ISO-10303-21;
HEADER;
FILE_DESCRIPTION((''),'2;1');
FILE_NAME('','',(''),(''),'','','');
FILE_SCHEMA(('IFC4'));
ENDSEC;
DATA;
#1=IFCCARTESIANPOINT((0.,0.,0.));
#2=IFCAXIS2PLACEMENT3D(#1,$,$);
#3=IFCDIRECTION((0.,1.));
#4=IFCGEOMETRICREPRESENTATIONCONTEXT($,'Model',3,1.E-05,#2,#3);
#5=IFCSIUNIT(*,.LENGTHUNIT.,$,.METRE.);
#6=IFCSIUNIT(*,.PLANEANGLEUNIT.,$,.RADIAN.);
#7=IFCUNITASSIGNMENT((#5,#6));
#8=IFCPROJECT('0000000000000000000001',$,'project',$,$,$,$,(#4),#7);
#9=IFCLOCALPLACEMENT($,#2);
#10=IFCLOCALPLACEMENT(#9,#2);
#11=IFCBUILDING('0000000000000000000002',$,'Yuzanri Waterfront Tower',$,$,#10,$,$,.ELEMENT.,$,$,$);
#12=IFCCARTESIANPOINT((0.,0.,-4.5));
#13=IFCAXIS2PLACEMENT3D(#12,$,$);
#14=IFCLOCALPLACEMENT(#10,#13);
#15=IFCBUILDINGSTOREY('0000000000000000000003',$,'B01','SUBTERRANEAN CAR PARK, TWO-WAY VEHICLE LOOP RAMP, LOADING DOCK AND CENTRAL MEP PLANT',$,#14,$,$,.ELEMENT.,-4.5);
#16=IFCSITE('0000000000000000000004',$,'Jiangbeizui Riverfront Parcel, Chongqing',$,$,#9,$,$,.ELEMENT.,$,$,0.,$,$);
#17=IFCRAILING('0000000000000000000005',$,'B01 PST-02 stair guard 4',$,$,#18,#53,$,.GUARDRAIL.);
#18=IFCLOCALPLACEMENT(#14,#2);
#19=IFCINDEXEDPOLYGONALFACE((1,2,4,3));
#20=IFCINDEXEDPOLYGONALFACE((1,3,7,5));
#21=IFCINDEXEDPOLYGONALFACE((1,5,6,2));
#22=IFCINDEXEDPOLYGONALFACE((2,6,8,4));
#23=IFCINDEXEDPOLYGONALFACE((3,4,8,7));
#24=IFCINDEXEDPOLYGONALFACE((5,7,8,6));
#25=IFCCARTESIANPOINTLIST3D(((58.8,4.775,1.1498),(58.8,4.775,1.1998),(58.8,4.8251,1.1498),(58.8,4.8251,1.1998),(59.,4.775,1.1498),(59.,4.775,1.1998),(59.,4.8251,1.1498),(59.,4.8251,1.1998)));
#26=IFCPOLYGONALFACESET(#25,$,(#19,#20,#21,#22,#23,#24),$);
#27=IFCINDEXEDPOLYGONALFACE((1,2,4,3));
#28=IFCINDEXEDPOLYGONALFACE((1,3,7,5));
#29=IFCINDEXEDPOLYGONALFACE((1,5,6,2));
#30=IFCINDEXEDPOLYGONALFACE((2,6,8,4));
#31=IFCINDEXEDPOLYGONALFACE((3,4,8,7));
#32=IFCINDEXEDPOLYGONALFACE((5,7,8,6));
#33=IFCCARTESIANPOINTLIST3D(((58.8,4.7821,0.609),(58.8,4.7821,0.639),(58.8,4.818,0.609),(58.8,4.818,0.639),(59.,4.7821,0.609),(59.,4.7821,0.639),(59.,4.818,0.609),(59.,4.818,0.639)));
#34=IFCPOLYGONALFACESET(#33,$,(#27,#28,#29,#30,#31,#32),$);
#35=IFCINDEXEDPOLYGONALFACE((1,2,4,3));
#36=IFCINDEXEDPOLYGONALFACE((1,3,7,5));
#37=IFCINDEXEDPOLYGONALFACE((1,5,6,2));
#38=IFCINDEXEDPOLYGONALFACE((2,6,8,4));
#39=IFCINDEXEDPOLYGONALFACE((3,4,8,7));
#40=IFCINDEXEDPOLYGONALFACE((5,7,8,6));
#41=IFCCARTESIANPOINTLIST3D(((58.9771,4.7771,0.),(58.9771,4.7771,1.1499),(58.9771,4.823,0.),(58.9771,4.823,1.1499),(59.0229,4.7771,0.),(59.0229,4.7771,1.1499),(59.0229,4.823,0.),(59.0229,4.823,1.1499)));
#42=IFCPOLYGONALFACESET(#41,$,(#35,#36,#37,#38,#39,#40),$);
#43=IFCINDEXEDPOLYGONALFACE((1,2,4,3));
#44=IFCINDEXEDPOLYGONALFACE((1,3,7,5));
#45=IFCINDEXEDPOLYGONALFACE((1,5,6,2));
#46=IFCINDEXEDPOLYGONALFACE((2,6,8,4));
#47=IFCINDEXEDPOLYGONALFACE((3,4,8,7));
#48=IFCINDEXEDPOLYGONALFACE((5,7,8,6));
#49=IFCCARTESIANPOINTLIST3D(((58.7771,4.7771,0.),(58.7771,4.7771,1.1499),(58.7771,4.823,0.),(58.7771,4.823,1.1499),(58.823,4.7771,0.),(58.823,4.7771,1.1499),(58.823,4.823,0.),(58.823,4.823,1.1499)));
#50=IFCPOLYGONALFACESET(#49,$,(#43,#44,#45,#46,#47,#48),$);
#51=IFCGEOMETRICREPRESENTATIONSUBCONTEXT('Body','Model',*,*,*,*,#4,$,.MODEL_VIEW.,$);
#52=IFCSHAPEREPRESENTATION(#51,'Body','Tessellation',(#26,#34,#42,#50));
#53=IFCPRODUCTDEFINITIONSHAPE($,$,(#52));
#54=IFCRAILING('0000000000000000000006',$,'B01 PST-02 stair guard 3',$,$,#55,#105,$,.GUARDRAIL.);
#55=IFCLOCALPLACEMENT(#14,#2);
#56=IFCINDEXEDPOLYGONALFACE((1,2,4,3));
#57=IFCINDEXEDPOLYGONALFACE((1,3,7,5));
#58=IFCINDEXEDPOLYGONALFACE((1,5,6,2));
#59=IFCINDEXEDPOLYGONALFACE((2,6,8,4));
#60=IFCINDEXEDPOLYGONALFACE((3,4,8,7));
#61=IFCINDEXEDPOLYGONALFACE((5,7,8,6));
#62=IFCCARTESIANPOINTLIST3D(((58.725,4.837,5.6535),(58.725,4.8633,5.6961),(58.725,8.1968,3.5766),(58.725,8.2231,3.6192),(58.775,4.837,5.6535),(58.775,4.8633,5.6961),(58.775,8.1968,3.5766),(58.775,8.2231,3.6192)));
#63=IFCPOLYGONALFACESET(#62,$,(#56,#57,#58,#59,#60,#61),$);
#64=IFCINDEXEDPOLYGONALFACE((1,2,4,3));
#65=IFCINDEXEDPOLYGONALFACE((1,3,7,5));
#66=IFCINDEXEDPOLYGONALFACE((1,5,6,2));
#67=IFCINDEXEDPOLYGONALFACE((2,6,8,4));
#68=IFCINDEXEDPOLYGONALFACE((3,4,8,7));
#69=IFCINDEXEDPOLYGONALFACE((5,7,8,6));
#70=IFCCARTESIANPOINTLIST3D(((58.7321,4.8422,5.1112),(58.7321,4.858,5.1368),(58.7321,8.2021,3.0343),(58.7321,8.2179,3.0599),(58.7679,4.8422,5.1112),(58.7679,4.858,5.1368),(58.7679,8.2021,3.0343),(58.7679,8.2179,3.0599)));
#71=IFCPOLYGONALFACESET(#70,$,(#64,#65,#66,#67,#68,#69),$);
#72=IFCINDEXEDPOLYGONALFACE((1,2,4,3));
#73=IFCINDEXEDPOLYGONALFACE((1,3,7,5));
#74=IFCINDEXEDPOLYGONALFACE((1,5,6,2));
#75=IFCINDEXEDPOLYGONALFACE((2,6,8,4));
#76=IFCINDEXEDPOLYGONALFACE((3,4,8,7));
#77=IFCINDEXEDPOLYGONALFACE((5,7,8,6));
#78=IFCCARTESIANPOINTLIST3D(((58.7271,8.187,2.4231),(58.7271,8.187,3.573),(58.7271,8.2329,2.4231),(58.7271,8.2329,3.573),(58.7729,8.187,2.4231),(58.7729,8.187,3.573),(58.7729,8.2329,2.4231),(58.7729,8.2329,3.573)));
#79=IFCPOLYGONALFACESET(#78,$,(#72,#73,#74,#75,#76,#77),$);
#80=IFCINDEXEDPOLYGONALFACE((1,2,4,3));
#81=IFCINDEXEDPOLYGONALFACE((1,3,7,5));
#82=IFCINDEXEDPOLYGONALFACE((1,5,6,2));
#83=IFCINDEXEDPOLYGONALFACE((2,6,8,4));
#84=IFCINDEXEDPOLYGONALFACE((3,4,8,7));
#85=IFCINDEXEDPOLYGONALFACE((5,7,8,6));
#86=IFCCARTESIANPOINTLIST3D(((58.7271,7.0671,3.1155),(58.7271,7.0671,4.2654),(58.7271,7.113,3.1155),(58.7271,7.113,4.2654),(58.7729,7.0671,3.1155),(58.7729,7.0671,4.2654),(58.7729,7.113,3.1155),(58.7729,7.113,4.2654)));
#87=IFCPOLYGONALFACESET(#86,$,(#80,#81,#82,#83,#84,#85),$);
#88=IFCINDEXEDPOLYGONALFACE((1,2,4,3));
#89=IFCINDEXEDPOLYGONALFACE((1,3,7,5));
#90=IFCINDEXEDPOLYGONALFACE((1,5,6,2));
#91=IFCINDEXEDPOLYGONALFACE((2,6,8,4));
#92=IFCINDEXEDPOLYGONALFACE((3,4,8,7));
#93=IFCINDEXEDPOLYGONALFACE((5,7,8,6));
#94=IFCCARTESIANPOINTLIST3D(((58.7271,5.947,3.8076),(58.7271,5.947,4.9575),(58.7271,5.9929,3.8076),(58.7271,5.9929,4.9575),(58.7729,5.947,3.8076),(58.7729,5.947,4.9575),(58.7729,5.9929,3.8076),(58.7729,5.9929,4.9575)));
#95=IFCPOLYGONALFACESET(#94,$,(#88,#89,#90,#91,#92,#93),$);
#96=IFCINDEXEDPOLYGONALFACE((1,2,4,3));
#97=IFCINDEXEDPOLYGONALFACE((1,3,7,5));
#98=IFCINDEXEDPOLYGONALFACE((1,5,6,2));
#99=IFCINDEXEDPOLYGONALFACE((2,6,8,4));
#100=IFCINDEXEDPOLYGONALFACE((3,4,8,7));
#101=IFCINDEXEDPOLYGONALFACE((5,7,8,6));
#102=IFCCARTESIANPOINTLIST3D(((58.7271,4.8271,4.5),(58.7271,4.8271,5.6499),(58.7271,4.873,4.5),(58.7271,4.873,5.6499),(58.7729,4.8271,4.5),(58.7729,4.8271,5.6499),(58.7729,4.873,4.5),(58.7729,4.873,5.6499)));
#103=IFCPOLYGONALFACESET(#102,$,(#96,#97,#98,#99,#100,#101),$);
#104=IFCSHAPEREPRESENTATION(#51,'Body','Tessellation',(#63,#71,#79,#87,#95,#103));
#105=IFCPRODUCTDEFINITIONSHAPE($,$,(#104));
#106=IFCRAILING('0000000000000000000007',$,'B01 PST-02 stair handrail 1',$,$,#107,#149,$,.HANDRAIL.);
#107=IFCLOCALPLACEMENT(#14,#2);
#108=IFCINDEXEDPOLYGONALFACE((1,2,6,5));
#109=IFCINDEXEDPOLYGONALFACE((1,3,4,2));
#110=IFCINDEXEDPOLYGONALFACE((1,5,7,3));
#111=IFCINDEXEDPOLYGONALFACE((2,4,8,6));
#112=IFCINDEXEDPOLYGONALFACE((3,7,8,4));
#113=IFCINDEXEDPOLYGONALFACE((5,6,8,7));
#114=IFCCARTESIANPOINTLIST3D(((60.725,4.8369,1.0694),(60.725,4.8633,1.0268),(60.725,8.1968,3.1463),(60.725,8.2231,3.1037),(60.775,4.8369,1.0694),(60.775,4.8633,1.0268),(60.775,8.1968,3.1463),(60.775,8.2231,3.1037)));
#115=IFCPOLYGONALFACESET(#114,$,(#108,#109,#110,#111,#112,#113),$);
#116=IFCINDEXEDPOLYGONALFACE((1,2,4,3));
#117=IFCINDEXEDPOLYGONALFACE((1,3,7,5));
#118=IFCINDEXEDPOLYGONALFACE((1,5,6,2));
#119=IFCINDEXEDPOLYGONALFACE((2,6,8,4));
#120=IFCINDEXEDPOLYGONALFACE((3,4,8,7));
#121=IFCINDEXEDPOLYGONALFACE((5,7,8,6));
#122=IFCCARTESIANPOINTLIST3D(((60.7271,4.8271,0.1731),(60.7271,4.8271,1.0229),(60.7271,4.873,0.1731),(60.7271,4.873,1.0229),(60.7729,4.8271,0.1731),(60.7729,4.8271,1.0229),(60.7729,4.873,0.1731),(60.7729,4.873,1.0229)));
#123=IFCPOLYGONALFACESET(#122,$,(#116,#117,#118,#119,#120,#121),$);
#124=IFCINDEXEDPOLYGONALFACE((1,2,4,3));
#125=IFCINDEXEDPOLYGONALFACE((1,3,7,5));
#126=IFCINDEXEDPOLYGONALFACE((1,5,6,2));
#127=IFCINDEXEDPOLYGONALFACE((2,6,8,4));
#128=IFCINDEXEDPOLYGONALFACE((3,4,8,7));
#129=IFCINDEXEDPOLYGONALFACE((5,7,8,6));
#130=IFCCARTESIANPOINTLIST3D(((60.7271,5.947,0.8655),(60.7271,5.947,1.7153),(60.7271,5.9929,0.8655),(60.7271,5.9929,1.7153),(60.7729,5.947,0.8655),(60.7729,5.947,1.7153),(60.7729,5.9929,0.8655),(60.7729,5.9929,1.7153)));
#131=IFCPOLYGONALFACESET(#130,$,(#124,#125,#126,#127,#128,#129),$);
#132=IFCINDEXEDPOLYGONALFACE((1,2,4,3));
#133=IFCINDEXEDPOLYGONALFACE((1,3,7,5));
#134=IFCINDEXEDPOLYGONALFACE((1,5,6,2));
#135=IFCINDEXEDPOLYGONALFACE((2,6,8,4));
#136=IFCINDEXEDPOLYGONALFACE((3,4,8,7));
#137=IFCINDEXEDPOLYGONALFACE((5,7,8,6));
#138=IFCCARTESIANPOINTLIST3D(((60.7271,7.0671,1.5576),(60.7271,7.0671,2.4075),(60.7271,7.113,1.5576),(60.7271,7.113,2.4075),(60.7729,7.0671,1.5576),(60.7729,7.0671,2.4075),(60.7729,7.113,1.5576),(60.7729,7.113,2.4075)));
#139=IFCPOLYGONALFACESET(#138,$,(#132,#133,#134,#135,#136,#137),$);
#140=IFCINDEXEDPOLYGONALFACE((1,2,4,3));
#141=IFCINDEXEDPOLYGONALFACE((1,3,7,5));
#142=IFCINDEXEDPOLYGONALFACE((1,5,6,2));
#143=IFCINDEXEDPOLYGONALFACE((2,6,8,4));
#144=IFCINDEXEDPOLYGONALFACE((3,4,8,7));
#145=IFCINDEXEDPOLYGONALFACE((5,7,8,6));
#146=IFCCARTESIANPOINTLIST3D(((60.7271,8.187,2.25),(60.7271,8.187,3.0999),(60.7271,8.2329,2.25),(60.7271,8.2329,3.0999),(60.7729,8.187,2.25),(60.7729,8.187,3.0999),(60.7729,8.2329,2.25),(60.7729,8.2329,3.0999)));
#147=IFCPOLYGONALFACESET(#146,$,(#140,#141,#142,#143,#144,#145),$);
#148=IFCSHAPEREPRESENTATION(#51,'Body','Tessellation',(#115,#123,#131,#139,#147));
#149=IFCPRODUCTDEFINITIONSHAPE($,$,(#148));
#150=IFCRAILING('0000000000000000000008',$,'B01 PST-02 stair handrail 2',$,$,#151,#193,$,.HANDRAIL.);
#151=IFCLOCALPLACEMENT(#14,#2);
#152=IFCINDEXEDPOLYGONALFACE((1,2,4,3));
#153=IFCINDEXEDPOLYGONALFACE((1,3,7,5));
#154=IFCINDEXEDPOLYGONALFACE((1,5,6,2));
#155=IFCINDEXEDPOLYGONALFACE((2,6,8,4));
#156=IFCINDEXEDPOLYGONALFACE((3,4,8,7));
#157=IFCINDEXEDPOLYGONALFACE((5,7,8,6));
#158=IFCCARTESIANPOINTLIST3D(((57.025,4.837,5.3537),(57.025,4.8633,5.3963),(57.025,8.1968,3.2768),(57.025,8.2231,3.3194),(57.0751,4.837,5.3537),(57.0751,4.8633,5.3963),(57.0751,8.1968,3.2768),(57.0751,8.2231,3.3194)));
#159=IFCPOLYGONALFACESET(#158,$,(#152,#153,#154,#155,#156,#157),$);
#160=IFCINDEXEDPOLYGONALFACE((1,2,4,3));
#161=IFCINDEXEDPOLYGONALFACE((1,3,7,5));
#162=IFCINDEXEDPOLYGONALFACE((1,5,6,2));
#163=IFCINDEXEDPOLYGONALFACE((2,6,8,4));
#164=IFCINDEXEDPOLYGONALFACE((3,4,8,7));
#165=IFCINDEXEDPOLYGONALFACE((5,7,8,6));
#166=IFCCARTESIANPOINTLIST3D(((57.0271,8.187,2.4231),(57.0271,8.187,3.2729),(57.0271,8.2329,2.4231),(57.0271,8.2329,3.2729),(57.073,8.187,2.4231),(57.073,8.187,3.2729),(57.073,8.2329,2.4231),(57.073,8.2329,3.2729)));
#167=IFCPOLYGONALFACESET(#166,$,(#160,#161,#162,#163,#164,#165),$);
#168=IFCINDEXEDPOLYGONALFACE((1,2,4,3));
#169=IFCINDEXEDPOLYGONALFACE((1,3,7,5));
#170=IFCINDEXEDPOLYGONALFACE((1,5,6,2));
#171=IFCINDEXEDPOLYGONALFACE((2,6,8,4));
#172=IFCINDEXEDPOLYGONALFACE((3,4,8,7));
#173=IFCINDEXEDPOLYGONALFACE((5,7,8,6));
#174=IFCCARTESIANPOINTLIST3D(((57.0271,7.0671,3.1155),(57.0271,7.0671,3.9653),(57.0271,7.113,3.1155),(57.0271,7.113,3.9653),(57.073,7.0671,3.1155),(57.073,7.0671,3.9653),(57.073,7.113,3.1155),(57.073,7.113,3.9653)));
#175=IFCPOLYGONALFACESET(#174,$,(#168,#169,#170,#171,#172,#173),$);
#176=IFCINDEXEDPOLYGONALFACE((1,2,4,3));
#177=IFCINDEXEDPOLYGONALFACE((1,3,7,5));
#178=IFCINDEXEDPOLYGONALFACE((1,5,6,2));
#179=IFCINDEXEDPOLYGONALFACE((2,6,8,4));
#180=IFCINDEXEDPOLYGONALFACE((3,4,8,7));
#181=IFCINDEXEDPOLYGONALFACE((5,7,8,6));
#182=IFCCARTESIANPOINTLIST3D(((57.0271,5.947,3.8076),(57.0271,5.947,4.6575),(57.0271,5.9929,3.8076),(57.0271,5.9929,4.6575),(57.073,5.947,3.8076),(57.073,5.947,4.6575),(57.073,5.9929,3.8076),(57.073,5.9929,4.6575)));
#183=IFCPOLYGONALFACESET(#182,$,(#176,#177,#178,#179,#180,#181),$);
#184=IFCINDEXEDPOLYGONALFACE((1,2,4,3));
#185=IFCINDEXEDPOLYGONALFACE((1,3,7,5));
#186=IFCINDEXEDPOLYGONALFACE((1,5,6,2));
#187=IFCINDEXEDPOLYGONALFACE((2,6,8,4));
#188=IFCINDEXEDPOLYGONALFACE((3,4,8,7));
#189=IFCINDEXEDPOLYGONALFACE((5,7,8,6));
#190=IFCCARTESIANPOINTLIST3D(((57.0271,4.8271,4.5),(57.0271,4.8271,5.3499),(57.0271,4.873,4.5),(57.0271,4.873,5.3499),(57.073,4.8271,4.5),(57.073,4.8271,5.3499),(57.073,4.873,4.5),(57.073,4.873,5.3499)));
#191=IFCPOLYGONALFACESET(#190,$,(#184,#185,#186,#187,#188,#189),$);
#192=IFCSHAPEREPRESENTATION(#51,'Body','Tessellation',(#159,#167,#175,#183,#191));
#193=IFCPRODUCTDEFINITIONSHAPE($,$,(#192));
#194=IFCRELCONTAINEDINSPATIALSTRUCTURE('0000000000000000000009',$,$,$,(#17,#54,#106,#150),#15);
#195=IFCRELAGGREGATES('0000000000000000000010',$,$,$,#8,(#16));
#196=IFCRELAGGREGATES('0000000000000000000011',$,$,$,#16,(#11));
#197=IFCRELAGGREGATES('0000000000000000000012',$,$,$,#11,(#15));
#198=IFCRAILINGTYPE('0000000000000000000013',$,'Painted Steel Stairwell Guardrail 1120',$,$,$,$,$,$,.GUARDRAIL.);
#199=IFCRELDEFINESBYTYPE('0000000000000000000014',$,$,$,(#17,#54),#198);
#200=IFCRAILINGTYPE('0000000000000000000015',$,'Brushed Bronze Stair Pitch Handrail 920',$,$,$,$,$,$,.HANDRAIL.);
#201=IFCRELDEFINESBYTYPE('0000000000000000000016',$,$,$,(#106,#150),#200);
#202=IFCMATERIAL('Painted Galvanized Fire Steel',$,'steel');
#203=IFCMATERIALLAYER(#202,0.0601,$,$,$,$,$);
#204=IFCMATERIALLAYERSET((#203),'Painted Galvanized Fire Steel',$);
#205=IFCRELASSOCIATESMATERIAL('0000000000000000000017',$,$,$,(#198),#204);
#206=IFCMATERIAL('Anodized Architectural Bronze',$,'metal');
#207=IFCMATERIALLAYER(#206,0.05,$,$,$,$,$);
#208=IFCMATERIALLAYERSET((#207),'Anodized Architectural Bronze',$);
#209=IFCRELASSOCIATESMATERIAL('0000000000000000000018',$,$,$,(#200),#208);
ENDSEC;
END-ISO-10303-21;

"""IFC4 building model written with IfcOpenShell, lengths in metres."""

from ifc_helpers import new_model, si_unit, direction, frame, origin, origin_2d, place, context, subcontext, project, spatial, rectangle, extrude, source, transform, mapped, material, layer, layer_set, type_object, element, save


model = new_model("IFC4")

# Units and contexts
model_context = context("Model", 3, precision=1e-05, world=origin(), true_north=direction((0.0, 1.0)))
body_context = subcontext(model_context, "Body", "Model", "MODEL_VIEW")
ifc_project = project(units=[si_unit("LENGTHUNIT", "METRE"), si_unit("PLANEANGLEUNIT", "RADIAN")], contexts=[model_context])

# Site, building, storey
site_placement = place(None, origin())
site = spatial("IfcSite", under=ifc_project, at=site_placement, Name="Jiangbeizui Riverfront Parcel, Chongqing", CompositionType="ELEMENT", RefElevation=0.0)
building_placement = place(site_placement, origin())
building = spatial("IfcBuilding", under=site, at=building_placement, Name="Yuzanri Waterfront Tower", CompositionType="ELEMENT")
storey_placement = place(building_placement, frame((0.0, 0.0, -4.5)))
storey = spatial("IfcBuildingStorey", under=building, at=storey_placement, Name="B01", Description="SUBTERRANEAN CAR PARK, TWO-WAY VEHICLE LOOP RAMP, LOADING DOCK AND CENTRAL MEP PLANT", CompositionType="ELEMENT", Elevation=-4.5)

# Railings
ifc_material_1 = material(Name="Painted Galvanized Fire Steel", Category="steel")
ifc_layer_1 = layer(ifc_material_1, 0.0601)
ifc_layer_set_1 = layer_set([ifc_layer_1], Name="Painted Galvanized Fire Steel")
railing_type_1 = type_object("IfcRailingType", Name="Painted Steel Stairwell Guardrail 1120", PredefinedType="GUARDRAIL", material=ifc_layer_set_1)
shared_shape_1 = source(origin(), body_context, "Body", "SweptSolid", [
    extrude(rectangle(XDim=0.05, YDim=0.05, at=origin_2d()), frame((0.0, 0.0, 1.1748), z_axis=(-1.0, 0.0, 0.0), x_axis=(0.0, -1.0, 0.0)), (0.0, 0.0, 1.0), 0.2),
    extrude(rectangle(XDim=0.0359, YDim=0.03, at=origin_2d()), frame((0.0, 0.0, 0.624), z_axis=(-1.0, 0.0, 0.0), x_axis=(0.0, -1.0, 0.0)), (0.0, 0.0, 1.0), 0.2),
    extrude(rectangle(XDim=0.0459, YDim=0.0459, at=origin_2d()), origin(), (0.0, 0.0, 1.0), 1.1499),
    extrude(rectangle(XDim=0.0459, YDim=0.0459, at=origin_2d()), frame((-0.2, 0.0, 0.0)), (0.0, 0.0, 1.0), 1.1499),
])
for number, where, name in (
    (1, (59.0, 4.8, 0.0), "B01 PST-02 stair guard 4"),
):
    element("IfcRailing", number, at=place(storey_placement, frame(where)), inside=storey, type_object=railing_type_1, Name=name, PredefinedType="GUARDRAIL", context=body_context, shape_type="MappedRepresentation", body=[
        mapped(shared_shape_1, transform((0.0, 0.0, 0.0), scale=1.0)),
    ])
shared_shape_2 = source(origin(), body_context, "Body", "SweptSolid", [
    extrude(rectangle(XDim=0.05, YDim=0.05, at=origin_2d()), frame((0.0, 0.0, 1.1748), z_axis=(0.0, -0.850606, 0.525803), x_axis=(1.0, 0.0, 0.0)), (0.0, 0.0, 1.0), 3.95),
    extrude(rectangle(XDim=0.0359, YDim=0.03, at=origin_2d()), frame((0.0, 0.0, 0.624), z_axis=(0.0, -0.850606, 0.525803), x_axis=(1.0, 0.0, 0.0)), (0.0, 0.0, 1.0), 3.95),
    extrude(rectangle(XDim=0.0459, YDim=0.0459, at=origin_2d()), origin(), (0.0, 0.0, 1.0), 1.1499),
    extrude(rectangle(XDim=0.0459, YDim=0.0459, at=origin_2d()), frame((0.0, -1.1199, 0.6924)), (0.0, 0.0, 1.0), 1.1499),
    extrude(rectangle(XDim=0.0459, YDim=0.0459, at=origin_2d()), frame((0.0, -2.24, 1.3845)), (0.0, 0.0, 1.0), 1.1499),
    extrude(rectangle(XDim=0.0459, YDim=0.0459, at=origin_2d()), frame((0.0, -3.3599, 2.0769)), (0.0, 0.0, 1.0), 1.1499),
])
railing_1_placement = place(storey_placement, frame((58.75, 8.21, 2.4231)))
element("IfcRailing", 2, at=railing_1_placement, inside=storey, type_object=railing_type_1, Name="B01 PST-02 stair guard 3", PredefinedType="GUARDRAIL", context=body_context, shape_type="MappedRepresentation", body=[
    mapped(shared_shape_2, transform((0.0, 0.0, 0.0), scale=1.0)),
])
ifc_material_2 = material(Name="Anodized Architectural Bronze", Category="metal")
ifc_layer_2 = layer(ifc_material_2, 0.05)
ifc_layer_set_2 = layer_set([ifc_layer_2], Name="Anodized Architectural Bronze")
railing_type_2 = type_object("IfcRailingType", Name="Brushed Bronze Stair Pitch Handrail 920", PredefinedType="HANDRAIL", material=ifc_layer_set_2)
shared_shape_3 = source(origin(), body_context, "Body", "SweptSolid", [
    extrude(rectangle(XDim=0.05, YDim=0.05, at=origin_2d()), frame((0.0, 0.0, 0.875), z_axis=(0.0, 0.850606, 0.525803), x_axis=(-1.0, 0.0, 0.0)), (0.0, 0.0, 1.0), 3.95),
    extrude(rectangle(XDim=0.0459, YDim=0.0459, at=origin_2d()), origin(), (0.0, 0.0, 1.0), 0.8499),
    extrude(rectangle(XDim=0.0459, YDim=0.0459, at=origin_2d()), frame((0.0, 1.1199, 0.6924)), (0.0, 0.0, 1.0), 0.8499),
    extrude(rectangle(XDim=0.0459, YDim=0.0459, at=origin_2d()), frame((0.0, 2.24, 1.3845)), (0.0, 0.0, 1.0), 0.8499),
    extrude(rectangle(XDim=0.0459, YDim=0.0459, at=origin_2d()), frame((0.0, 3.3599, 2.0769)), (0.0, 0.0, 1.0), 0.8499),
])
railing_2_placement = place(storey_placement, frame((60.75, 4.8501, 0.1731)))
element("IfcRailing", 3, at=railing_2_placement, inside=storey, type_object=railing_type_2, Name="B01 PST-02 stair handrail 1", PredefinedType="HANDRAIL", context=body_context, shape_type="MappedRepresentation", body=[
    mapped(shared_shape_3, transform((0.0, 0.0, 0.0), scale=1.0)),
])
shared_shape_4 = source(origin(), body_context, "Body", "SweptSolid", [
    extrude(rectangle(XDim=0.05, YDim=0.05, at=origin_2d()), frame((0.0, 0.0, 0.875), z_axis=(0.0, -0.850606, 0.525803), x_axis=(1.0, 0.0, 0.0)), (0.0, 0.0, 1.0), 3.95),
    extrude(rectangle(XDim=0.0459, YDim=0.0459, at=origin_2d()), origin(), (0.0, 0.0, 1.0), 0.8499),
    extrude(rectangle(XDim=0.0459, YDim=0.0459, at=origin_2d()), frame((0.0, -1.1199, 0.6924)), (0.0, 0.0, 1.0), 0.8499),
    extrude(rectangle(XDim=0.0459, YDim=0.0459, at=origin_2d()), frame((0.0, -2.24, 1.3845)), (0.0, 0.0, 1.0), 0.8499),
    extrude(rectangle(XDim=0.0459, YDim=0.0459, at=origin_2d()), frame((0.0, -3.3599, 2.0769)), (0.0, 0.0, 1.0), 0.8499),
])
railing_3_placement = place(storey_placement, frame((57.05, 8.21, 2.4231)))
element("IfcRailing", 4, at=railing_3_placement, inside=storey, type_object=railing_type_2, Name="B01 PST-02 stair handrail 2", PredefinedType="HANDRAIL", context=body_context, shape_type="MappedRepresentation", body=[
    mapped(shared_shape_4, transform((0.0, 0.0, 0.0), scale=1.0)),
])

save(model, "model.ifc")
